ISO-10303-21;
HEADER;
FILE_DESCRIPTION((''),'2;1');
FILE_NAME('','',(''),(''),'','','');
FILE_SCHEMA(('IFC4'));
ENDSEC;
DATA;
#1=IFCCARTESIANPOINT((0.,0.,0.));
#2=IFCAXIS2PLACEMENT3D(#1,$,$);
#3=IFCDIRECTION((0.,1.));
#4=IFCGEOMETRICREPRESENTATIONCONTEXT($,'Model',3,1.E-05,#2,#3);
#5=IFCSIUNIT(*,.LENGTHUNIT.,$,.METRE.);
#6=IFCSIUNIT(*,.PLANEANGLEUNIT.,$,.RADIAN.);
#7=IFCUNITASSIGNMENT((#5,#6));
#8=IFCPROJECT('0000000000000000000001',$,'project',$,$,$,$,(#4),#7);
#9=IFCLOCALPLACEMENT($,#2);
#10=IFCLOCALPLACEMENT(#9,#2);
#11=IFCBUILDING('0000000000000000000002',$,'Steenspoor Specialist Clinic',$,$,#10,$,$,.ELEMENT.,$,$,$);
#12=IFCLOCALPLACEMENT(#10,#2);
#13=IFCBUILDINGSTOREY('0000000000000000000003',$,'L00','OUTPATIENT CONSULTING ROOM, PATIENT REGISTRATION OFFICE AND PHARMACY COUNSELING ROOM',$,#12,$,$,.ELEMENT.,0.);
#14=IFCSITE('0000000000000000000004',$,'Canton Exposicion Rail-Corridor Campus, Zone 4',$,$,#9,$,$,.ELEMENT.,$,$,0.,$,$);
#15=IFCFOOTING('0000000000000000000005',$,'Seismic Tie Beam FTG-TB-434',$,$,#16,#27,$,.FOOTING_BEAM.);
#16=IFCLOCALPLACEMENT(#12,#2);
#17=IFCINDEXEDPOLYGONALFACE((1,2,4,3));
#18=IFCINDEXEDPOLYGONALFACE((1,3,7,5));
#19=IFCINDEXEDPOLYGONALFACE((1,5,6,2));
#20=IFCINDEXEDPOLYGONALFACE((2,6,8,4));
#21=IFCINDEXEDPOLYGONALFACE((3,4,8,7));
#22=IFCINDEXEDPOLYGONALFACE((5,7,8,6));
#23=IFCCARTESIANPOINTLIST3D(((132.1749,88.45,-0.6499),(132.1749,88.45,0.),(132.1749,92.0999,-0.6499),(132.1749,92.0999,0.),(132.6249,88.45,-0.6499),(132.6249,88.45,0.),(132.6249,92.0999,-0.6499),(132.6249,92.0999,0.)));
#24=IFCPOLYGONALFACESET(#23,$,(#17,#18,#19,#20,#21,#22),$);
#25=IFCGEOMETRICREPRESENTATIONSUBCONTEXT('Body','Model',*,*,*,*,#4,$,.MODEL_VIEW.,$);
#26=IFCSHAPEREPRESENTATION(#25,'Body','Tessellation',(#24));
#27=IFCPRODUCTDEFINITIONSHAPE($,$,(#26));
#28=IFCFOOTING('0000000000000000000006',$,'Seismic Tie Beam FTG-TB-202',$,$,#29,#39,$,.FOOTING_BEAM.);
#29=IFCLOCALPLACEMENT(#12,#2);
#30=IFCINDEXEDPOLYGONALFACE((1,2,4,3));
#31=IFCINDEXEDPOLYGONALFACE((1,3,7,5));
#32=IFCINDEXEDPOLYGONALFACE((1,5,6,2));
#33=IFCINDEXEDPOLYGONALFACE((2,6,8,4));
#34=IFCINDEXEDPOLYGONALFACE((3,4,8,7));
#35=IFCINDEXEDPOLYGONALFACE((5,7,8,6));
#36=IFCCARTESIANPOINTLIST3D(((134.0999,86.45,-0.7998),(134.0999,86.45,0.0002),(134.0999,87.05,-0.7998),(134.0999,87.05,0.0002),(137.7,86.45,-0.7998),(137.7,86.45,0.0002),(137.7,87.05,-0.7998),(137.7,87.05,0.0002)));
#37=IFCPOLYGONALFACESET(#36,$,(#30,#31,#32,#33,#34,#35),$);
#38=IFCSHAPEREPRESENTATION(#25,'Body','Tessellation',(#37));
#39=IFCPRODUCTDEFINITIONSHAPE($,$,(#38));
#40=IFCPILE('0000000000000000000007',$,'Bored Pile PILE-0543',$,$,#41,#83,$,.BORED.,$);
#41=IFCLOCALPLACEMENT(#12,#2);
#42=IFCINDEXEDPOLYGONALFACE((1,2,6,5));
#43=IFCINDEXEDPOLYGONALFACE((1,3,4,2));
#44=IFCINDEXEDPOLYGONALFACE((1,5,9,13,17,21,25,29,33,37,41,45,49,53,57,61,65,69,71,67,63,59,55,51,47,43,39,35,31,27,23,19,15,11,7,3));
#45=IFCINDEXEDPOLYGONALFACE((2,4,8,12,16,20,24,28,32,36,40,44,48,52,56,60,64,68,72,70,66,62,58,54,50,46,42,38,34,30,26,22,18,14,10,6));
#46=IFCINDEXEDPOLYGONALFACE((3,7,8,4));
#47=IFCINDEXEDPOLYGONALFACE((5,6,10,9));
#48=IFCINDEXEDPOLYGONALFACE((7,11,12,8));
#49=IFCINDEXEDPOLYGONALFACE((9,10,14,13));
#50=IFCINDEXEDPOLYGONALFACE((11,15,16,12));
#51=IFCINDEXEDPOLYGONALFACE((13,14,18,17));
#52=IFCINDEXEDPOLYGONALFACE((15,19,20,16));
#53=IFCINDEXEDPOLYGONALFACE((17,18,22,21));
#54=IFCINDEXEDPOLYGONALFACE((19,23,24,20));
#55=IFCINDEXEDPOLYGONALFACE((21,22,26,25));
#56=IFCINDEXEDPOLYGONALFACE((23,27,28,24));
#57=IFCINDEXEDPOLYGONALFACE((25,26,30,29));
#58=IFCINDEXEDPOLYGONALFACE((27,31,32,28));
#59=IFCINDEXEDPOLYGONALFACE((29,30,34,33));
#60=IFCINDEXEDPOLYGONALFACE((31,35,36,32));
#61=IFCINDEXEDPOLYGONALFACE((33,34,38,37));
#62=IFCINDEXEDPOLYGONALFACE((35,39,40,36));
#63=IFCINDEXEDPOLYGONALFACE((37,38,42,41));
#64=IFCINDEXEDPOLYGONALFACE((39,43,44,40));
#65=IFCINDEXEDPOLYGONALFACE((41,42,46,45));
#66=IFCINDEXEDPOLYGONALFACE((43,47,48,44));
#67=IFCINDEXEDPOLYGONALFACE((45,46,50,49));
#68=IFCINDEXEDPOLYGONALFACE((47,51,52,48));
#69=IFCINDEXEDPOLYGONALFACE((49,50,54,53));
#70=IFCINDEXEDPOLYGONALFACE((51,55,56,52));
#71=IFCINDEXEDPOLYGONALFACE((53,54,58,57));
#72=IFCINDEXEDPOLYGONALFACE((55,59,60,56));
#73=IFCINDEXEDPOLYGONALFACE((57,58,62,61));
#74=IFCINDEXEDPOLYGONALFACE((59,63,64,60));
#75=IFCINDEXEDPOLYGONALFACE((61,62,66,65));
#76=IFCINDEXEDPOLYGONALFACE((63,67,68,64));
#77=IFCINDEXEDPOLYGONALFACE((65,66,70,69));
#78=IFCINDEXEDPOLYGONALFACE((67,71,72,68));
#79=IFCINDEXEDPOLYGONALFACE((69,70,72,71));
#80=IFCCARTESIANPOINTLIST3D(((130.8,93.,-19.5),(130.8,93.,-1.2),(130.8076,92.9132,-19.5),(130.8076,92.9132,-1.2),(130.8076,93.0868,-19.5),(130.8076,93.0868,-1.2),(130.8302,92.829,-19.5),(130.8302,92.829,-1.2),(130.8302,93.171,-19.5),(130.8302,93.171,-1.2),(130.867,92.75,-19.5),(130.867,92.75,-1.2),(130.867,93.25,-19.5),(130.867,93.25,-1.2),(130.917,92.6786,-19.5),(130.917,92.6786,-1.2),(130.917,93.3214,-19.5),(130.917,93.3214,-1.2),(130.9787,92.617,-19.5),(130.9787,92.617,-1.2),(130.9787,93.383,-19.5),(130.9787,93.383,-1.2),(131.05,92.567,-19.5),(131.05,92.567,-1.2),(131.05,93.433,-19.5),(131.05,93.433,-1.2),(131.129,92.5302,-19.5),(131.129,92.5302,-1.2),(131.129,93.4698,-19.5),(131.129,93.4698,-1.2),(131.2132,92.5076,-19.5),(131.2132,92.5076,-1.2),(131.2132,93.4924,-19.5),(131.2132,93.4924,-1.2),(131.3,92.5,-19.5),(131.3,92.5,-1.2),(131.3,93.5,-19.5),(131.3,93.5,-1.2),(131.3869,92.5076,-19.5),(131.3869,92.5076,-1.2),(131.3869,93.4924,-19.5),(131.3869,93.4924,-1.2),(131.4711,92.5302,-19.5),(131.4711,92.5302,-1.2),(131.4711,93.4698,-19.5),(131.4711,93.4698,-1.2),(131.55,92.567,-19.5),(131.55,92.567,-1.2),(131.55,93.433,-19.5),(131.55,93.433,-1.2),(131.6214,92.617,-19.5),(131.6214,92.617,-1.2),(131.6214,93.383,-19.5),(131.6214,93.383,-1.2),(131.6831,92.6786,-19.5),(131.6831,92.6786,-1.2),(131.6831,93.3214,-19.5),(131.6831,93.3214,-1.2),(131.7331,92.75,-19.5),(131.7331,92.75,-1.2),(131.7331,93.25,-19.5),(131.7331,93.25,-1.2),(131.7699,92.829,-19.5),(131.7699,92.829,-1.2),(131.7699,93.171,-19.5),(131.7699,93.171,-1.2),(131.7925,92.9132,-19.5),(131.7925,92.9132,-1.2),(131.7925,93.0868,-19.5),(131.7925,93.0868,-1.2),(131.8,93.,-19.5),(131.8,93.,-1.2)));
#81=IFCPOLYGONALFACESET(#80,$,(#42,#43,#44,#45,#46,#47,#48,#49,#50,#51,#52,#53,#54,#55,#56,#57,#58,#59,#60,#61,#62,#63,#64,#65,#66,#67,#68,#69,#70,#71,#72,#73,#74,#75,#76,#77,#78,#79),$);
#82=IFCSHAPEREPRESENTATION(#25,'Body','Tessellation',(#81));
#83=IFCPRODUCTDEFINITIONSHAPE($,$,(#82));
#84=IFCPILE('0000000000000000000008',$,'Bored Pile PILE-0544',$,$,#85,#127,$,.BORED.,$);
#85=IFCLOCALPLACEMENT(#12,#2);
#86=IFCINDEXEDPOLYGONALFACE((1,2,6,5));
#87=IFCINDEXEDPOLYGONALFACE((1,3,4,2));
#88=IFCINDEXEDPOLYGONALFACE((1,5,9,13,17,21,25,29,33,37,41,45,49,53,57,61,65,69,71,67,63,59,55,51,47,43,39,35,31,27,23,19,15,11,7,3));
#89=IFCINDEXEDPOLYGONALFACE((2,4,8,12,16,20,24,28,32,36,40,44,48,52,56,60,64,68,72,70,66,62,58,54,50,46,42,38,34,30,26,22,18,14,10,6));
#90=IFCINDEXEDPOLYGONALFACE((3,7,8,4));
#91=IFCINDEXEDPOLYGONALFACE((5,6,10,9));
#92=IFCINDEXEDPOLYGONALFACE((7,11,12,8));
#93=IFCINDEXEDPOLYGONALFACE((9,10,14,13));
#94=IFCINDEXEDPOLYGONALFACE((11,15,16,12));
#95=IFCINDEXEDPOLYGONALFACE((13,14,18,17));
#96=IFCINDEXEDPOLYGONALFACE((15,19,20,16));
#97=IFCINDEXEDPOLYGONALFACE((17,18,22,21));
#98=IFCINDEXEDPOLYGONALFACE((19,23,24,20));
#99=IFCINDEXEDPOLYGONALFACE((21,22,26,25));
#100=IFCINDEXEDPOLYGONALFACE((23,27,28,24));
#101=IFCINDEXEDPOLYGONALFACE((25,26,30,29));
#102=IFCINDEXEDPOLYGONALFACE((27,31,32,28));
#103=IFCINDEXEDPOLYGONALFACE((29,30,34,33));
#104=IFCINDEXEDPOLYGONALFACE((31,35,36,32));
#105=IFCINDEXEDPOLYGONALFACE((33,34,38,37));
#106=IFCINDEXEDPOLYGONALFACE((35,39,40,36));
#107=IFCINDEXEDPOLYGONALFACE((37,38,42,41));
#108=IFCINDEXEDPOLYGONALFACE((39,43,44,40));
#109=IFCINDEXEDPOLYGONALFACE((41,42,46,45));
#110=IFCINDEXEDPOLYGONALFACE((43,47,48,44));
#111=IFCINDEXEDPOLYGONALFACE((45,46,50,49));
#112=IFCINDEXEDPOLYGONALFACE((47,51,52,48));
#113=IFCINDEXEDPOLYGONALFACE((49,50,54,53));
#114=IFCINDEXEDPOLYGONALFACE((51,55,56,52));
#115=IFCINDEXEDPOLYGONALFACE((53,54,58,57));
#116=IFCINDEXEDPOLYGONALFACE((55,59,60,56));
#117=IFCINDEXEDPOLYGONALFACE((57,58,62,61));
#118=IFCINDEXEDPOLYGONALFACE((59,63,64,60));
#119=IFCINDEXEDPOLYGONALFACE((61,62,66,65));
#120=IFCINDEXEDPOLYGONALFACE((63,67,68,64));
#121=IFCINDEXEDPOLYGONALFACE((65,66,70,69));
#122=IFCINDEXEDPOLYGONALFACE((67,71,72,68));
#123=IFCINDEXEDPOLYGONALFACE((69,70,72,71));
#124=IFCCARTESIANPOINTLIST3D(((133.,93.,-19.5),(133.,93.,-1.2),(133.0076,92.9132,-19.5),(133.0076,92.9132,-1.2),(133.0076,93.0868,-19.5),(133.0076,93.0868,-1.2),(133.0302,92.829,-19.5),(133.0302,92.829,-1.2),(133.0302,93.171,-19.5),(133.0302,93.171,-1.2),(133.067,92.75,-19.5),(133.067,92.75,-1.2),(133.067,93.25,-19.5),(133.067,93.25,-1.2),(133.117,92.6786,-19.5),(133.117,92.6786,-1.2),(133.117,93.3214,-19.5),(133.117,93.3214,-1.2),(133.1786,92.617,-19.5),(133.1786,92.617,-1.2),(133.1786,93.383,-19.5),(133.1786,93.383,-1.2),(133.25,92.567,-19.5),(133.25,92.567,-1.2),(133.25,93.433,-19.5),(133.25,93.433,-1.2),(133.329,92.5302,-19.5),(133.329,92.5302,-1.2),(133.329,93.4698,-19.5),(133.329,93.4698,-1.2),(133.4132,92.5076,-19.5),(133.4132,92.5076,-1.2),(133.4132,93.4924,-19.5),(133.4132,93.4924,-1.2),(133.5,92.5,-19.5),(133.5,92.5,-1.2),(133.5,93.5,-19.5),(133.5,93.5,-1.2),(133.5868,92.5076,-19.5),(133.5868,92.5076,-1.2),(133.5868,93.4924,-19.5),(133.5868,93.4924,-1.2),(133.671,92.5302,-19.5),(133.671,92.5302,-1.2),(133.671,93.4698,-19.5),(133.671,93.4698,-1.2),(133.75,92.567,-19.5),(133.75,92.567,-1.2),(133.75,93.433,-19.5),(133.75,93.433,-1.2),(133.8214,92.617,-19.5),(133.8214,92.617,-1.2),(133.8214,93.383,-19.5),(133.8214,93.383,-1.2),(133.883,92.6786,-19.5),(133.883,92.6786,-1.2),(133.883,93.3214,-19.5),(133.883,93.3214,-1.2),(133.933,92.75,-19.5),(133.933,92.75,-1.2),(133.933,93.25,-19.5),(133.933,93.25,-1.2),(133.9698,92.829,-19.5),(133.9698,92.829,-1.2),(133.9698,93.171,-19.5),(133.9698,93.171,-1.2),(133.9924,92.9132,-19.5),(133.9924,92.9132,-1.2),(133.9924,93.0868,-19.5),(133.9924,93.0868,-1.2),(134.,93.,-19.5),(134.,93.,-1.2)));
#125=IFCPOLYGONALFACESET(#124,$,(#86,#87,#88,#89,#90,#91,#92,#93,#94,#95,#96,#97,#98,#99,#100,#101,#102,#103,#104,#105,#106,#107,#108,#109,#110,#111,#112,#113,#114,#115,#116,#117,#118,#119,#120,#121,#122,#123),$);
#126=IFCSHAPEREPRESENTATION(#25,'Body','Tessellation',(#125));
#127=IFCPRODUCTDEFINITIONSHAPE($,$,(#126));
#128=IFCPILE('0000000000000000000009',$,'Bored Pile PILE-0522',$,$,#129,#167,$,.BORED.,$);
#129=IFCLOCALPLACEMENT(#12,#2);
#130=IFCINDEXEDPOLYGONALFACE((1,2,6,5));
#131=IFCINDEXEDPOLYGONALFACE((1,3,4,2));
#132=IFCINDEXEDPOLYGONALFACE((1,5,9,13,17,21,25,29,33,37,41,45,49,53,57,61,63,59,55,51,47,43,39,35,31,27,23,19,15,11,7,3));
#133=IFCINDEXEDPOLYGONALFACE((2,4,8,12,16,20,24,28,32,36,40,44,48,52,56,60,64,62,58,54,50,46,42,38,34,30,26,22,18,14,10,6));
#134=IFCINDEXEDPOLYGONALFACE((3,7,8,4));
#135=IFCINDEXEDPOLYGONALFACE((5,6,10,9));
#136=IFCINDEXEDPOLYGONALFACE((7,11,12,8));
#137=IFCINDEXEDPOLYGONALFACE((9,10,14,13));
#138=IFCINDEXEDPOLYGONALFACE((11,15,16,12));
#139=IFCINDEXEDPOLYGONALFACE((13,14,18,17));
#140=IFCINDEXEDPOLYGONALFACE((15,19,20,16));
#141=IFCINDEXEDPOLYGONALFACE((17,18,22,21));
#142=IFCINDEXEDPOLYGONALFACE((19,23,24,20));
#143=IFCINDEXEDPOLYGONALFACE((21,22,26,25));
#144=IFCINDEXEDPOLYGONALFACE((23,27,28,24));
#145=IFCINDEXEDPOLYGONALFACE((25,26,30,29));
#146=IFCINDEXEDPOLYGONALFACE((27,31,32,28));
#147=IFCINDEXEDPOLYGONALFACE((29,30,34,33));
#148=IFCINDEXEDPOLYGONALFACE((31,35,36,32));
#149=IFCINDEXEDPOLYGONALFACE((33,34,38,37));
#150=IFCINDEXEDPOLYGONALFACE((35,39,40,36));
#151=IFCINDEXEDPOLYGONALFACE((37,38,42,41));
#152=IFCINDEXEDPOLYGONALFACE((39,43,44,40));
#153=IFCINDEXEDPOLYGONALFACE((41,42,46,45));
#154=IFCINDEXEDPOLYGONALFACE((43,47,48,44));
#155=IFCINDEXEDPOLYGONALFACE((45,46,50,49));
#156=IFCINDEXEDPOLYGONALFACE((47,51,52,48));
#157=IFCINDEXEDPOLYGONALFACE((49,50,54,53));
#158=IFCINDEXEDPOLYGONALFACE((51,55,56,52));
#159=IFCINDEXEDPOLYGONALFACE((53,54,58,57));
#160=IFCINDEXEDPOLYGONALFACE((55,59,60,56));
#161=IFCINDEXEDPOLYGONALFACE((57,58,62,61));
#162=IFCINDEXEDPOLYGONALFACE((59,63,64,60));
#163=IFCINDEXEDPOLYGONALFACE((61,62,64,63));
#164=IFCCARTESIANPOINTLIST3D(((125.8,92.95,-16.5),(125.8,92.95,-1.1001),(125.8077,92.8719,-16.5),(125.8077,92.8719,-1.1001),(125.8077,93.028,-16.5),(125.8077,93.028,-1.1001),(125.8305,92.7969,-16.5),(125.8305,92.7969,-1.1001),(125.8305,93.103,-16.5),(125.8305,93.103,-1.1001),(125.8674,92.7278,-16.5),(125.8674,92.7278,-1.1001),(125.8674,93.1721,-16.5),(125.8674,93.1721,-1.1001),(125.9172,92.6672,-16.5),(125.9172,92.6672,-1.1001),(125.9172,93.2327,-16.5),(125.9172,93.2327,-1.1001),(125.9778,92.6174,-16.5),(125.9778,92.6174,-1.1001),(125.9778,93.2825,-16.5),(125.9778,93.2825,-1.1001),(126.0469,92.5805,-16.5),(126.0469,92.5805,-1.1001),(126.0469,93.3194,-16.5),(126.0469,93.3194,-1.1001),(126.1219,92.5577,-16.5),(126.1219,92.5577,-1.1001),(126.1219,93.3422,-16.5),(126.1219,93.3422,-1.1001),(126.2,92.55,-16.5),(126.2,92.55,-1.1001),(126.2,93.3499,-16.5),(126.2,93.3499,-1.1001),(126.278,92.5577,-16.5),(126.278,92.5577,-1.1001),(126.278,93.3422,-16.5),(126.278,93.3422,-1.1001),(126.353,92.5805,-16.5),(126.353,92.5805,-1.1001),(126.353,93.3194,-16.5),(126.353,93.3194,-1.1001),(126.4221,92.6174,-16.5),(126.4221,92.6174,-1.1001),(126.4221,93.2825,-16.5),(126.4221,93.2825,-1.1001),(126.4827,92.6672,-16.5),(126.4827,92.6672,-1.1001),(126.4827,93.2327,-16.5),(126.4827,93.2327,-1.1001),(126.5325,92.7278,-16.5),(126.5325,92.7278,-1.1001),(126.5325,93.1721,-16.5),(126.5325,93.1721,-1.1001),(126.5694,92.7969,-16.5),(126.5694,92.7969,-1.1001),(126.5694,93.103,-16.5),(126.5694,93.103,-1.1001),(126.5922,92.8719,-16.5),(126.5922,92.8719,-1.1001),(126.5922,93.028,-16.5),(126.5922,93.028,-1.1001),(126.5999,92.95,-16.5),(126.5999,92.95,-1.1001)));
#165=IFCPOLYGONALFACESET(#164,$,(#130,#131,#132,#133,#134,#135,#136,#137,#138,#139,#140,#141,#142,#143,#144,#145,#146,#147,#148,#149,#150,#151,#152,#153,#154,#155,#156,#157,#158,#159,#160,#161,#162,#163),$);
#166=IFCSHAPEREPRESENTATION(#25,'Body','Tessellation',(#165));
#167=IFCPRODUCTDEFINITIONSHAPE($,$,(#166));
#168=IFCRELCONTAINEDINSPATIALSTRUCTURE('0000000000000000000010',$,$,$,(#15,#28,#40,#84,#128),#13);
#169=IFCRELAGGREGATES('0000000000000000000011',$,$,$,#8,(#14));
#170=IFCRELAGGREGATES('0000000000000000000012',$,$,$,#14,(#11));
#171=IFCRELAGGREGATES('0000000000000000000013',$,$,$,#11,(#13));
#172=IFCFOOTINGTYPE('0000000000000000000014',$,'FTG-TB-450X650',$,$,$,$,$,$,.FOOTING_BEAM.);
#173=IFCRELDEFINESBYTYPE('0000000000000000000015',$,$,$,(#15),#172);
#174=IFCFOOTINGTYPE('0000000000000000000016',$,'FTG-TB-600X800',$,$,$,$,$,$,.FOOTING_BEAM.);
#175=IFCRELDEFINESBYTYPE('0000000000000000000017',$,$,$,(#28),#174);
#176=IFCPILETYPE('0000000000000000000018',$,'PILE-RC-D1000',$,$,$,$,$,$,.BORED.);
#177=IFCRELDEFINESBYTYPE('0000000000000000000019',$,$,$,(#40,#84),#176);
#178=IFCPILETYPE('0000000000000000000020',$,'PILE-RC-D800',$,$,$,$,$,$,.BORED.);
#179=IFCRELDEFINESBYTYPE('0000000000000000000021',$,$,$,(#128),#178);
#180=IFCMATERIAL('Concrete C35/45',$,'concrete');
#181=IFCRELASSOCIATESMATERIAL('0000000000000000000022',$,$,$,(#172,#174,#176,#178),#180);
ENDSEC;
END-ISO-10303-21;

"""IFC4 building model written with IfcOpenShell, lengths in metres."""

from ifc_helpers import new_model, si_unit, direction, frame, origin, origin_2d, place, context, subcontext, project, spatial, rectangle, circle, extrude, material, material_profile, profile_set, type_object, element, save


model = new_model("IFC4")

# Units and contexts
model_context = context("Model", 3, precision=1e-05, world=origin(), true_north=direction((0.0, 1.0)))
body_context = subcontext(model_context, "Body", "Model", "MODEL_VIEW")
ifc_project = project(units=[si_unit("LENGTHUNIT", "METRE"), si_unit("PLANEANGLEUNIT", "RADIAN")], contexts=[model_context])

# Site, building, storey
site_placement = place(None, origin())
site = spatial("IfcSite", under=ifc_project, at=site_placement, Name="Canton Exposicion Rail-Corridor Campus, Zone 4", CompositionType="ELEMENT", RefElevation=0.0)
building_placement = place(site_placement, origin())
building = spatial("IfcBuilding", under=site, at=building_placement, Name="Steenspoor Specialist Clinic", CompositionType="ELEMENT")
storey_placement = place(building_placement, origin())
storey = spatial("IfcBuildingStorey", under=building, at=storey_placement, Name="L00", Description="OUTPATIENT CONSULTING ROOM, PATIENT REGISTRATION OFFICE AND PHARMACY COUNSELING ROOM", CompositionType="ELEMENT", Elevation=0.0)

# Footings
ifc_material_1 = material(Name="Concrete C35/45", Category="concrete")
footing_type_1 = type_object("IfcFootingType", Name="FTG-TB-450X650", PredefinedType="FOOTING_BEAM", material=ifc_material_1)
footing_1_placement = place(storey_placement, frame((132.3999, 90.2749, -0.6499), z_axis=(0.0, 0.0, 1.0), x_axis=(1.0, 0.0, 0.0)))
element("IfcFooting", 1, at=footing_1_placement, inside=storey, type_object=footing_type_1, Name="Seismic Tie Beam FTG-TB-434", PredefinedType="FOOTING_BEAM", context=body_context, shape_type="SweptSolid", body=[
    extrude(rectangle(XDim=0.45, YDim=3.6499, at=origin_2d()), origin(), (0.0, 0.0, 1.0), 0.6499),
])
footing_type_2 = type_object("IfcFootingType", Name="FTG-TB-600X800", PredefinedType="FOOTING_BEAM", material=ifc_material_1)
footing_2_placement = place(storey_placement, frame((135.8999, 86.75, -0.7998), z_axis=(0.0, 0.0, 1.0), x_axis=(1.0, 0.0, 0.0)))
element("IfcFooting", 2, at=footing_2_placement, inside=storey, type_object=footing_type_2, Name="Seismic Tie Beam FTG-TB-202", PredefinedType="FOOTING_BEAM", context=body_context, shape_type="SweptSolid", body=[
    extrude(rectangle(XDim=3.6001, YDim=0.6001, at=origin_2d()), origin(), (0.0, 0.0, 1.0), 0.8),
])

# Piles
ifc_material_profile_1 = material_profile(ifc_material_1, circle(Radius=0.5, at=origin_2d()), Name="PILE-D1000")
ifc_profile_set_1 = profile_set([ifc_material_profile_1], Name="Concrete C35/45")
pile_type_1 = type_object("IfcPileType", Name="PILE-RC-D1000", PredefinedType="BORED", material=ifc_profile_set_1)
for number, where, z_axis, x_axis, name in (
    (3, (131.3, 93.0, -1.2), (0.0, 0.0, -1.0), (1.0, 0.0, 0.0), "Bored Pile PILE-0543"),
    (4, (133.5, 93.0, -1.2), (0.0, 0.0, -1.0), (1.0, 0.0, 0.0), "Bored Pile PILE-0544"),
):
    element("IfcPile", number, at=place(storey_placement, frame(where, z_axis=z_axis, x_axis=x_axis)), inside=storey, type_object=pile_type_1, Name=name, PredefinedType="BORED", context=body_context, shape_type="SweptSolid", body=[
        extrude(circle(Radius=0.5, at=origin_2d()), origin(), (0.0, 0.0, 1.0), 18.3),
    ])
ifc_material_profile_2 = material_profile(ifc_material_1, circle(Radius=0.3999, at=origin_2d()), Name="PILE-D800")
ifc_profile_set_2 = profile_set([ifc_material_profile_2], Name="Concrete C35/45")
pile_type_2 = type_object("IfcPileType", Name="PILE-RC-D800", PredefinedType="BORED", material=ifc_profile_set_2)
for number, where, z_axis, x_axis, name in (
    (5, (126.2, 92.95, -1.1001), (0.0, 0.0, -1.0), (1.0, 0.0, 0.0), "Bored Pile PILE-0522"),
):
    element("IfcPile", number, at=place(storey_placement, frame(where, z_axis=z_axis, x_axis=x_axis)), inside=storey, type_object=pile_type_2, Name=name, PredefinedType="BORED", context=body_context, shape_type="SweptSolid", body=[
        extrude(circle(Radius=0.3999, at=origin_2d()), origin(), (0.0, 0.0, 1.0), 15.3999),
    ])

save(model, "model.ifc")
